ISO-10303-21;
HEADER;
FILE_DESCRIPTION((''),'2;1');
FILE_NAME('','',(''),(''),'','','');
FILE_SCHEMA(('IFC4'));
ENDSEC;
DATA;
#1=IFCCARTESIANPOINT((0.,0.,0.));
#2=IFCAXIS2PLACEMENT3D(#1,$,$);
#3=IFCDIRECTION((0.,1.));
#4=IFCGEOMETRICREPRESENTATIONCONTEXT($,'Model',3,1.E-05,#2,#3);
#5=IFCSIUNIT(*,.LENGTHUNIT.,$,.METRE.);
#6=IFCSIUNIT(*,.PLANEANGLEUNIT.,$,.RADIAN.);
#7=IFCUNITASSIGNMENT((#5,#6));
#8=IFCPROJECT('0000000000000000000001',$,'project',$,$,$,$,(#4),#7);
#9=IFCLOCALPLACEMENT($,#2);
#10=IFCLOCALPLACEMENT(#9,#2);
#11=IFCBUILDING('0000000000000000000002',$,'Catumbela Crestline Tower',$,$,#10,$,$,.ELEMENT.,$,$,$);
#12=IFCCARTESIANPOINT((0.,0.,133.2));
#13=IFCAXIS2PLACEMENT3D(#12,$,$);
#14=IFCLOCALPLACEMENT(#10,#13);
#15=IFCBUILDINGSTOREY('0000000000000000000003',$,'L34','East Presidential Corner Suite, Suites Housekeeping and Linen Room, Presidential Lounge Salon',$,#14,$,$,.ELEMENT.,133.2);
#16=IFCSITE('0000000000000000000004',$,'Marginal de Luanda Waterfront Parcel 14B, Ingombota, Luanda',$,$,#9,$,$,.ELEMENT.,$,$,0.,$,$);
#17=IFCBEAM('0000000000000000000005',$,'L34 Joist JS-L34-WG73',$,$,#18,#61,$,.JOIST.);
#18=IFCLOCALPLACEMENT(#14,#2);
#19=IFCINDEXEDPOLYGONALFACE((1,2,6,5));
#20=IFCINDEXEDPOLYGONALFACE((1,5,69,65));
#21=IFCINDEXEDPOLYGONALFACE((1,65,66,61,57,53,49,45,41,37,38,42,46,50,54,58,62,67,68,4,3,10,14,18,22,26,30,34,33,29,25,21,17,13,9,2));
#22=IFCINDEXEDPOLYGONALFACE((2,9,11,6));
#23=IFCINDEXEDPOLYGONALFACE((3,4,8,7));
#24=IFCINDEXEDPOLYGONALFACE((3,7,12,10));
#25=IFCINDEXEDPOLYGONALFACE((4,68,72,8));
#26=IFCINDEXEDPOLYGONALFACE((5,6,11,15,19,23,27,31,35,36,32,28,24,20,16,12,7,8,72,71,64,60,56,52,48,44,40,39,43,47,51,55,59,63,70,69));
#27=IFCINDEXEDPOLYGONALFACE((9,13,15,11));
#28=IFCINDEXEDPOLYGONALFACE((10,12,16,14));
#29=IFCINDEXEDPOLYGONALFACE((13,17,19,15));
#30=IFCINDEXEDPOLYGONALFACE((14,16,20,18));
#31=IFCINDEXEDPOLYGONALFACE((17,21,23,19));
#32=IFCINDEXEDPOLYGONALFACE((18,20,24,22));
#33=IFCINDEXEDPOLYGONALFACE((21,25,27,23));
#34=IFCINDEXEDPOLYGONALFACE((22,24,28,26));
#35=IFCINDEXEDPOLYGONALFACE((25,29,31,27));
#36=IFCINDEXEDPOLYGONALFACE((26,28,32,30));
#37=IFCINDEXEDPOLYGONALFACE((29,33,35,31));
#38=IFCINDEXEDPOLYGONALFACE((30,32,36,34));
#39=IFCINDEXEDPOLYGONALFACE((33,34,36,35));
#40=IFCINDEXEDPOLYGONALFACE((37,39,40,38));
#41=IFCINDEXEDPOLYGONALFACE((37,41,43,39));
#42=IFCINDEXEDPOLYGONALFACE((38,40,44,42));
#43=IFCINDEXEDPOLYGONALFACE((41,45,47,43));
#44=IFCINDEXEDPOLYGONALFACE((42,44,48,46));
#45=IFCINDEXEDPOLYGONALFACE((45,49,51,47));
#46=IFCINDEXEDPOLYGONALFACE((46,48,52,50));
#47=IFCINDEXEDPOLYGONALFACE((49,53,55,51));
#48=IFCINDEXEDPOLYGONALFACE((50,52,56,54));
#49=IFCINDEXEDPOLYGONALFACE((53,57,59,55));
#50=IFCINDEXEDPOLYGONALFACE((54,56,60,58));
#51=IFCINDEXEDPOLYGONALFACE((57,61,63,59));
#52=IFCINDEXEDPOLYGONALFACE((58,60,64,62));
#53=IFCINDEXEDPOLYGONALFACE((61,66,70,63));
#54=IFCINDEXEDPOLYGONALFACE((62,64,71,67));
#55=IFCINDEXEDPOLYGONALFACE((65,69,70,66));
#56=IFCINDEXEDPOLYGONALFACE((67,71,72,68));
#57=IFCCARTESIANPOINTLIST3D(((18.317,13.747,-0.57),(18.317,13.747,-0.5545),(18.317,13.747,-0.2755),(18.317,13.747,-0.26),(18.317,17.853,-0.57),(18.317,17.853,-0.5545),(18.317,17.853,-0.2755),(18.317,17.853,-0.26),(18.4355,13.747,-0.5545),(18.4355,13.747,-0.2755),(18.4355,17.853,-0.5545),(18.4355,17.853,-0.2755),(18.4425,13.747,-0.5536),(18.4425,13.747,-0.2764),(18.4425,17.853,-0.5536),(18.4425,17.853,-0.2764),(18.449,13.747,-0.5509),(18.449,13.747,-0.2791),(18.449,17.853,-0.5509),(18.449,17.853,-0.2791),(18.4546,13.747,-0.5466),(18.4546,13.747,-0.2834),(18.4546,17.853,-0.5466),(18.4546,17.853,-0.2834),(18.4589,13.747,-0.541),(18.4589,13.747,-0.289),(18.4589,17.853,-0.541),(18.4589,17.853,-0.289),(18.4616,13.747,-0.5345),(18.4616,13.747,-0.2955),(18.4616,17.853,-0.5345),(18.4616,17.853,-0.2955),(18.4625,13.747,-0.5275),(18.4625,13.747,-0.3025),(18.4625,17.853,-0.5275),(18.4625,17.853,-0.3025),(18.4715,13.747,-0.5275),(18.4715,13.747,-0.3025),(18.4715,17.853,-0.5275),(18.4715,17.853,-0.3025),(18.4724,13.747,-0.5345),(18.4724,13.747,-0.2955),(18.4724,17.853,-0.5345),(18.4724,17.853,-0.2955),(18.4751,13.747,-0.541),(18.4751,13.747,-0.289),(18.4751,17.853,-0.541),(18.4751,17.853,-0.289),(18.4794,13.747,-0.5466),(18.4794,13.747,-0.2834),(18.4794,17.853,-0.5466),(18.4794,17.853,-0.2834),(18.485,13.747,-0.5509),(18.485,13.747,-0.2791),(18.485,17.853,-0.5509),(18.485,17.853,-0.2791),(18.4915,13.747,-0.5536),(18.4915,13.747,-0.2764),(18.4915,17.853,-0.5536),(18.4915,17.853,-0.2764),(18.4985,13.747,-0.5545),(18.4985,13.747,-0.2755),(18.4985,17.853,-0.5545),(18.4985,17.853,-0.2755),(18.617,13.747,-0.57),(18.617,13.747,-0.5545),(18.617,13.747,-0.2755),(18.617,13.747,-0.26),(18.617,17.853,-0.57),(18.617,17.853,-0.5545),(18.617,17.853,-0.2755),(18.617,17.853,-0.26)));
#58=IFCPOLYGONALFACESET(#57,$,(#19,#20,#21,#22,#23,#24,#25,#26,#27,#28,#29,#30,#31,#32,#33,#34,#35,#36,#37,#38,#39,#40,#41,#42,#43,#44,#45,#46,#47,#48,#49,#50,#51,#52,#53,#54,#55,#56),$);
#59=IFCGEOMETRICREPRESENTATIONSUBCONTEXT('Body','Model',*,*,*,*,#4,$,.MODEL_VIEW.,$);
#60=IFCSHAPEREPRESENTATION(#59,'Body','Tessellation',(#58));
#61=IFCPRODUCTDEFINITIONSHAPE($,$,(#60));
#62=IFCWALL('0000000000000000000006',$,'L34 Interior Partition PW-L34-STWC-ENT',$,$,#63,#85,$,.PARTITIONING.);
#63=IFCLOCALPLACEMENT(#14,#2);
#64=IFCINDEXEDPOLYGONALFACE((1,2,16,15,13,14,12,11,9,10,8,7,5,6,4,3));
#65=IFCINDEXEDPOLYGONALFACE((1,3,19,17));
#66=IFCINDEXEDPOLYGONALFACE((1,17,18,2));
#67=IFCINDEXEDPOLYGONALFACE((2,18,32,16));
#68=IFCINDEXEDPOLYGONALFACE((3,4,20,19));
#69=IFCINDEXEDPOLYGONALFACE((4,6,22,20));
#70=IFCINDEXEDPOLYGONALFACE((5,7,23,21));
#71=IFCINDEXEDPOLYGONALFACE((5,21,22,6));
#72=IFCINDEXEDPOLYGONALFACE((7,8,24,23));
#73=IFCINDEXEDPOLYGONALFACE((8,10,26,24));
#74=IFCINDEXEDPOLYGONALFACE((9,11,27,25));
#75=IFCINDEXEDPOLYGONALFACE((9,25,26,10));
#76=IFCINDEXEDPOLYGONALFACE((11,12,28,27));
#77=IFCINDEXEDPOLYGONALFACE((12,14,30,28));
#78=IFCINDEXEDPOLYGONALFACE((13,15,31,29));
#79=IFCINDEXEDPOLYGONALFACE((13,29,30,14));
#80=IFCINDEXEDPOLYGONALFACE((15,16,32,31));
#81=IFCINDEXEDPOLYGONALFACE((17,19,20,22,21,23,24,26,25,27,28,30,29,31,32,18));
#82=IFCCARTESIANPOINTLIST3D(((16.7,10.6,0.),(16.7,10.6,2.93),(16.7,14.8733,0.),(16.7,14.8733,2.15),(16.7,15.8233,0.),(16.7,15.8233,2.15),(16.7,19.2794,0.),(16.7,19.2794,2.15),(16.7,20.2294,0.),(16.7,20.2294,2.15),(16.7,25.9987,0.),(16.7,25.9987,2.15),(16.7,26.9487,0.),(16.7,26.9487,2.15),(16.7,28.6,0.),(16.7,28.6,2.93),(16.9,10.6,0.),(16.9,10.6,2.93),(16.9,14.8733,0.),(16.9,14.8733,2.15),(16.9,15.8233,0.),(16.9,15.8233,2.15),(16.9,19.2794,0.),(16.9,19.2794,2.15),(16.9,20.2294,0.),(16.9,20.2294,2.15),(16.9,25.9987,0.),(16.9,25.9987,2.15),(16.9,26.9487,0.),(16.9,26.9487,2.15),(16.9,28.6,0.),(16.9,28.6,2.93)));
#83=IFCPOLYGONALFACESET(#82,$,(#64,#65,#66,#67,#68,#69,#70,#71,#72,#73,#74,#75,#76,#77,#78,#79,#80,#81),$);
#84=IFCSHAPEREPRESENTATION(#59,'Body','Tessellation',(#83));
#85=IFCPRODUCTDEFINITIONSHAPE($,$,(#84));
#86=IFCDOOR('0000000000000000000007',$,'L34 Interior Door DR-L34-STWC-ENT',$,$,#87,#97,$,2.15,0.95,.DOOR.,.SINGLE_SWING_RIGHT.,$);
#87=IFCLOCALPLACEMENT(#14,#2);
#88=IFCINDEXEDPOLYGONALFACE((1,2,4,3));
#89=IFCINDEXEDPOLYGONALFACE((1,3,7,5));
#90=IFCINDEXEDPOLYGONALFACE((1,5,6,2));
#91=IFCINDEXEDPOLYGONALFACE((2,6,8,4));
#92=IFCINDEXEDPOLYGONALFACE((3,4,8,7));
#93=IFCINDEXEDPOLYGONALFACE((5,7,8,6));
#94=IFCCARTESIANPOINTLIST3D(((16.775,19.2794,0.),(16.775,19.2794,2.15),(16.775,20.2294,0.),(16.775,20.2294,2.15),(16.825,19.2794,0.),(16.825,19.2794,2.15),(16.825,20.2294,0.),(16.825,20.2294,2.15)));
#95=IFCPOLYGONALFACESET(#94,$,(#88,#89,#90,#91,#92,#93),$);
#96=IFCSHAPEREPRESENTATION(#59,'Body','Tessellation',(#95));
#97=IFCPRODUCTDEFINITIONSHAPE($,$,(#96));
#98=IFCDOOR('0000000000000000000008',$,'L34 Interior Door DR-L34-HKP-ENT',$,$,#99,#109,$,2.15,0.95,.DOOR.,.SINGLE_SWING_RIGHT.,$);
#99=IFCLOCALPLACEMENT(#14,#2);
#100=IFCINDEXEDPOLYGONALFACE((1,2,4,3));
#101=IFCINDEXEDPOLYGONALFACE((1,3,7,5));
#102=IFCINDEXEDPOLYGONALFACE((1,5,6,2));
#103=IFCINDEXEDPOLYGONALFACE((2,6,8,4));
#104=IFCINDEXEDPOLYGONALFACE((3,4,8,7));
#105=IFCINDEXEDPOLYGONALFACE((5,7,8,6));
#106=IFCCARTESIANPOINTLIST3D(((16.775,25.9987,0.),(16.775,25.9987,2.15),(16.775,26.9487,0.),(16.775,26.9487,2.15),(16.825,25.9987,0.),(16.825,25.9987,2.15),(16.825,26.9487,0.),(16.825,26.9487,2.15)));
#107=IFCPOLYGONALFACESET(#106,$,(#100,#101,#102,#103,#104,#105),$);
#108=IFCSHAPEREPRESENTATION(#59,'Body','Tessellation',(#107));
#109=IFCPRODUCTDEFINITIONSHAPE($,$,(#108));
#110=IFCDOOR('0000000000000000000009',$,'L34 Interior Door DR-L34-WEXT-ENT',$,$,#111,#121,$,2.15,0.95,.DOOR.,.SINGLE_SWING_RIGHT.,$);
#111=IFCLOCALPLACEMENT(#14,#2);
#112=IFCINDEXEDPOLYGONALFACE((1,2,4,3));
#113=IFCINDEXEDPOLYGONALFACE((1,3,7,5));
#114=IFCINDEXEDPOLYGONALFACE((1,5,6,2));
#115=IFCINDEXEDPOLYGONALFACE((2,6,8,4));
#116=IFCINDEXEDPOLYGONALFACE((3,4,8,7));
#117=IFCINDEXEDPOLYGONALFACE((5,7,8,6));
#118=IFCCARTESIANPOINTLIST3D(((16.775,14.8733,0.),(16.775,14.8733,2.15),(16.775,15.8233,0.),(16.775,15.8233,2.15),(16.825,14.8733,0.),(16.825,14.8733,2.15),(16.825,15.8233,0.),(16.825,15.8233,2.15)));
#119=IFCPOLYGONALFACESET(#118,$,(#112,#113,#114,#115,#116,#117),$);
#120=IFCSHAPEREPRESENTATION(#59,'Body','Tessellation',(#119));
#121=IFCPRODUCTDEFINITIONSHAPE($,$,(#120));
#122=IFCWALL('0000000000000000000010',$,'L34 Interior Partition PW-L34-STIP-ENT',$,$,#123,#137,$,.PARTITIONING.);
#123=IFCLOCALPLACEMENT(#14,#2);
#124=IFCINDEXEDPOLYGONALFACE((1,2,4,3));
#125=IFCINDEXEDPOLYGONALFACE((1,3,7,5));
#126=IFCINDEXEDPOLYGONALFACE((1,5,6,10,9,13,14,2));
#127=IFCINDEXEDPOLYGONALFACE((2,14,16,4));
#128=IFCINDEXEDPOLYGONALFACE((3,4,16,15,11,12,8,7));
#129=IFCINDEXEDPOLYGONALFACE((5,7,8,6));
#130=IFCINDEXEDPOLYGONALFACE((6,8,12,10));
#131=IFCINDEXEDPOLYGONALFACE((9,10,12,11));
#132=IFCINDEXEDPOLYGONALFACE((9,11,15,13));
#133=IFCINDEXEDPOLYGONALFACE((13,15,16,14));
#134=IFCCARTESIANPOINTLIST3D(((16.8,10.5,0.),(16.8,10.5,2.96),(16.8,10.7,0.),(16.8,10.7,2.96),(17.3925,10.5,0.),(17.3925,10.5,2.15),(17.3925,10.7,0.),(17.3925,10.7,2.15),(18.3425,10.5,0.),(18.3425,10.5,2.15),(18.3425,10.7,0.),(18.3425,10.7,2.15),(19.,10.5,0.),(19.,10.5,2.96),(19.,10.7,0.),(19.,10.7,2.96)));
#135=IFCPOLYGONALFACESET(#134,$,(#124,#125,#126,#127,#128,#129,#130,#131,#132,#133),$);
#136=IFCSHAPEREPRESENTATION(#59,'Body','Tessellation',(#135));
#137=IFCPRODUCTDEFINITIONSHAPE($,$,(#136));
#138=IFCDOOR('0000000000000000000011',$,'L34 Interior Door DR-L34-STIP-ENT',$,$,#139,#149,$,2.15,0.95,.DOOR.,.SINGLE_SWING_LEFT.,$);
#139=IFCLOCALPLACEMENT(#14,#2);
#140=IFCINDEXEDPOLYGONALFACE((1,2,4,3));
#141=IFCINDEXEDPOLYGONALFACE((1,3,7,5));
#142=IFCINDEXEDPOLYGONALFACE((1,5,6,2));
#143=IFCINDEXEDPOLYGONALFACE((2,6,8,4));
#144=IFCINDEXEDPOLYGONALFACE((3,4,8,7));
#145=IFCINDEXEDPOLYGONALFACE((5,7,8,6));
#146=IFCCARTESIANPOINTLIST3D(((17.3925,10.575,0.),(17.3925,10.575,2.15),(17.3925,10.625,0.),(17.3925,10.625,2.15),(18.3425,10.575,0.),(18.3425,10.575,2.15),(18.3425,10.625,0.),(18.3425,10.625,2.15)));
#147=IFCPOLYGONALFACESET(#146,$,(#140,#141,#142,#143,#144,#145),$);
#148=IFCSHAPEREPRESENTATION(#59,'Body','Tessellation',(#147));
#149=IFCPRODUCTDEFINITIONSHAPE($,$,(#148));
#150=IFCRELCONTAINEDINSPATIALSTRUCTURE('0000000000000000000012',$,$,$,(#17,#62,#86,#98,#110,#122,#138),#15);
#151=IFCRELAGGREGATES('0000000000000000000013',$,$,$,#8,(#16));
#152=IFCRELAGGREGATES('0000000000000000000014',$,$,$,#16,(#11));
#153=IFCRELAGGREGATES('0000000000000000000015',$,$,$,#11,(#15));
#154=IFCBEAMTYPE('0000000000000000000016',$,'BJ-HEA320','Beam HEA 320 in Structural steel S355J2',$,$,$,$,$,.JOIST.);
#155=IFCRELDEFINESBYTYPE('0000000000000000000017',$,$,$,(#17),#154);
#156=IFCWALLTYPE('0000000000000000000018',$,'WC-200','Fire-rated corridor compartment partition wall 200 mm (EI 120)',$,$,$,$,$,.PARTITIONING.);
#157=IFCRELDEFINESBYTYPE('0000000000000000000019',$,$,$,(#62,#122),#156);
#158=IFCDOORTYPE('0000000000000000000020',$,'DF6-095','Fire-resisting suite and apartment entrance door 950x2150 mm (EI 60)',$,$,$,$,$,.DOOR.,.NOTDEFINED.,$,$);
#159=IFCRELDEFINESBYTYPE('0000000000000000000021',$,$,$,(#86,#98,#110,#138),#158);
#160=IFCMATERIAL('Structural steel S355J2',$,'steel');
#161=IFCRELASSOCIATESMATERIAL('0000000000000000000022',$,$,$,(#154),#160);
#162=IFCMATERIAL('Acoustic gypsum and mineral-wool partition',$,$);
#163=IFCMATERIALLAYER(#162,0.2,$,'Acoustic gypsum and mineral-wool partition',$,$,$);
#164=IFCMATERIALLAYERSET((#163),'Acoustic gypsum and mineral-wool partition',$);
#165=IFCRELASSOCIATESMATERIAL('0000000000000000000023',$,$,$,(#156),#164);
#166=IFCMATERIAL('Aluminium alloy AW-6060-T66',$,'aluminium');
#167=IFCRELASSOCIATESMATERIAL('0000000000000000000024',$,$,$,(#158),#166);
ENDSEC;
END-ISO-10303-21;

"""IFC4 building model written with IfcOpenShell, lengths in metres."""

from ifc_helpers import new_model, si_unit, direction, frame, frame_2d, origin, origin_2d, place, context, subcontext, project, spatial, rectangle, i_section, extrude, material, layer, layer_set, material_profile, profile_set, type_object, element, fill, save


model = new_model("IFC4")

# Units and contexts
model_context = context("Model", 3, precision=1e-05, world=origin(), true_north=direction((0.0, 1.0)))
body_context = subcontext(model_context, "Body", "Model", "MODEL_VIEW")
ifc_project = project(units=[si_unit("LENGTHUNIT", "METRE"), si_unit("PLANEANGLEUNIT", "RADIAN")], contexts=[model_context])

# Site, building, storey
site_placement = place(None, origin())
site = spatial("IfcSite", under=ifc_project, at=site_placement, Name="Marginal de Luanda Waterfront Parcel 14B, Ingombota, Luanda", CompositionType="ELEMENT", RefElevation=0.0)
building_placement = place(site_placement, origin())
building = spatial("IfcBuilding", under=site, at=building_placement, Name="Catumbela Crestline Tower", CompositionType="ELEMENT")
storey_placement = place(building_placement, frame((0.0, 0.0, 133.2)))
storey = spatial("IfcBuildingStorey", under=building, at=storey_placement, Name="L34", Description="East Presidential Corner Suite, Suites Housekeeping and Linen Room, Presidential Lounge Salon", CompositionType="ELEMENT", Elevation=133.2)

# Beam
ifc_material_1 = material(Name="Structural steel S355J2", Category="steel")
ifc_material_profile_1 = material_profile(ifc_material_1, i_section(OverallWidth=0.3, OverallDepth=0.31, WebThickness=0.009, FlangeThickness=0.0155, FilletRadius=0.027, at=origin_2d()), Name="HEA 320")
ifc_profile_set_1 = profile_set([ifc_material_profile_1], Name="Structural steel S355J2")
beam_type_1 = type_object("IfcBeamType", Name="BJ-HEA320", Description="Beam HEA 320 in Structural steel S355J2", PredefinedType="JOIST", material=ifc_profile_set_1)
beam_1_placement = place(storey_placement, frame((18.467, 13.747, -0.415), z_axis=(0.0, 1.0, 0.0), x_axis=(-1.0, 0.0, 0.0)))
element("IfcBeam", 1, at=beam_1_placement, inside=storey, type_object=beam_type_1, Name="L34 Joist JS-L34-WG73", PredefinedType="JOIST", context=body_context, shape_type="SweptSolid", body=[
    extrude(i_section(OverallWidth=0.3, OverallDepth=0.31, WebThickness=0.009, FlangeThickness=0.0155, FilletRadius=0.027, at=origin_2d()), origin(), (0.0, 0.0, 1.0), 4.106),
])

# Wall, openings, doors
ifc_material_2 = material(Name="Acoustic gypsum and mineral-wool partition")
ifc_layer_1 = layer(ifc_material_2, 0.2, Name="Acoustic gypsum and mineral-wool partition")
ifc_layer_set_1 = layer_set([ifc_layer_1], Name="Acoustic gypsum and mineral-wool partition")
wall_type_1 = type_object("IfcWallType", Name="WC-200", Description="Fire-rated corridor compartment partition wall 200 mm (EI 120)", PredefinedType="PARTITIONING", material=ifc_layer_set_1)
wall_1_placement = place(storey_placement, frame((16.8, 10.6, 0.0), z_axis=(0.0, 0.0, 1.0), x_axis=(0.0, 1.0, 0.0)))
wall_1 = element("IfcWall", 2, at=wall_1_placement, inside=storey, type_object=wall_type_1, Name="L34 Interior Partition PW-L34-STWC-ENT", PredefinedType="PARTITIONING", context=body_context, shape_type="SweptSolid", body=[
    extrude(rectangle(XDim=18.0, YDim=0.2, at=frame_2d((9.0, 0.0))), origin(), (0.0, 0.0, 1.0), 2.93),
])
opening_1_placement = place(wall_1_placement, frame((8.6794, 0.0, 0.0)))
opening_1 = element("IfcOpeningElement", 3, at=opening_1_placement, cuts=wall_1, PredefinedType="OPENING", context=body_context, shape_type="SweptSolid", body=[
    extrude(rectangle(XDim=0.95, YDim=2.15, at=frame_2d((0.475, 1.075))), frame((0.0, 0.11, 0.0), z_axis=(0.0, -1.0, 0.0), x_axis=(1.0, 0.0, 0.0)), (0.0, 0.0, 1.0), 0.22),
])
opening_2_placement = place(wall_1_placement, frame((15.3987, 0.0, 0.0)))
opening_2 = element("IfcOpeningElement", 4, at=opening_2_placement, cuts=wall_1, PredefinedType="OPENING", context=body_context, shape_type="SweptSolid", body=[
    extrude(rectangle(XDim=0.95, YDim=2.15, at=frame_2d((0.475, 1.075))), frame((0.0, 0.11, 0.0), z_axis=(0.0, -1.0, 0.0), x_axis=(1.0, 0.0, 0.0)), (0.0, 0.0, 1.0), 0.22),
])
opening_3_placement = place(wall_1_placement, frame((4.2733, 0.0, 0.0)))
opening_3 = element("IfcOpeningElement", 5, at=opening_3_placement, cuts=wall_1, PredefinedType="OPENING", context=body_context, shape_type="SweptSolid", body=[
    extrude(rectangle(XDim=0.95, YDim=2.15, at=frame_2d((0.475, 1.075))), frame((0.0, 0.11, 0.0), z_axis=(0.0, -1.0, 0.0), x_axis=(1.0, 0.0, 0.0)), (0.0, 0.0, 1.0), 0.22),
])
ifc_material_3 = material(Name="Aluminium alloy AW-6060-T66", Category="aluminium")
door_type = type_object("IfcDoorType", Name="DF6-095", Description="Fire-resisting suite and apartment entrance door 950x2150 mm (EI 60)", OperationType="NOTDEFINED", PredefinedType="DOOR", material=ifc_material_3)
door_1_placement = place(opening_1_placement, origin())
door_1 = element("IfcDoor", 6, at=door_1_placement, inside=storey, type_object=door_type, Name="L34 Interior Door DR-L34-STWC-ENT", OperationType="SINGLE_SWING_RIGHT", OverallHeight=2.15, OverallWidth=0.95, PredefinedType="DOOR", context=body_context, shape_type="SweptSolid", body=[
    extrude(rectangle(XDim=0.95, YDim=2.15, at=frame_2d((0.475, 1.075))), frame((0.0, 0.025, 0.0), z_axis=(0.0, -1.0, 0.0), x_axis=(1.0, 0.0, 0.0)), (0.0, 0.0, 1.0), 0.05),
])
fill(opening_1, door_1)
door_2_placement = place(opening_2_placement, origin())
door_2 = element("IfcDoor", 7, at=door_2_placement, inside=storey, type_object=door_type, Name="L34 Interior Door DR-L34-HKP-ENT", OperationType="SINGLE_SWING_RIGHT", OverallHeight=2.15, OverallWidth=0.95, PredefinedType="DOOR", context=body_context, shape_type="SweptSolid", body=[
    extrude(rectangle(XDim=0.95, YDim=2.15, at=frame_2d((0.475, 1.075))), frame((0.0, 0.025, 0.0), z_axis=(0.0, -1.0, 0.0), x_axis=(1.0, 0.0, 0.0)), (0.0, 0.0, 1.0), 0.05),
])
fill(opening_2, door_2)
door_3_placement = place(opening_3_placement, origin())
door_3 = element("IfcDoor", 8, at=door_3_placement, inside=storey, type_object=door_type, Name="L34 Interior Door DR-L34-WEXT-ENT", OperationType="SINGLE_SWING_RIGHT", OverallHeight=2.15, OverallWidth=0.95, PredefinedType="DOOR", context=body_context, shape_type="SweptSolid", body=[
    extrude(rectangle(XDim=0.95, YDim=2.15, at=frame_2d((0.475, 1.075))), frame((0.0, 0.025, 0.0), z_axis=(0.0, -1.0, 0.0), x_axis=(1.0, 0.0, 0.0)), (0.0, 0.0, 1.0), 0.05),
])
fill(opening_3, door_3)

# Wall, opening, door
wall_2_placement = place(storey_placement, frame((16.8, 10.6, 0.0), z_axis=(0.0, 0.0, 1.0), x_axis=(1.0, 0.0, 0.0)))
wall_2 = element("IfcWall", 9, at=wall_2_placement, inside=storey, type_object=wall_type_1, Name="L34 Interior Partition PW-L34-STIP-ENT", PredefinedType="PARTITIONING", context=body_context, shape_type="SweptSolid", body=[
    extrude(rectangle(XDim=2.2, YDim=0.2, at=frame_2d((1.1, 0.0))), origin(), (0.0, 0.0, 1.0), 2.96),
])
opening_4_placement = place(wall_2_placement, frame((0.5925, 0.0, 0.0)))
opening_4 = element("IfcOpeningElement", 10, at=opening_4_placement, cuts=wall_2, PredefinedType="OPENING", context=body_context, shape_type="SweptSolid", body=[
    extrude(rectangle(XDim=0.95, YDim=2.15, at=frame_2d((0.475, 1.075))), frame((0.0, 0.11, 0.0), z_axis=(0.0, -1.0, 0.0), x_axis=(1.0, 0.0, 0.0)), (0.0, 0.0, 1.0), 0.22),
])
door_4_placement = place(opening_4_placement, origin())
door_4 = element("IfcDoor", 11, at=door_4_placement, inside=storey, type_object=door_type, Name="L34 Interior Door DR-L34-STIP-ENT", OperationType="SINGLE_SWING_LEFT", OverallHeight=2.15, OverallWidth=0.95, PredefinedType="DOOR", context=body_context, shape_type="SweptSolid", body=[
    extrude(rectangle(XDim=0.95, YDim=2.15, at=frame_2d((0.475, 1.075))), frame((0.0, 0.025, 0.0), z_axis=(0.0, -1.0, 0.0), x_axis=(1.0, 0.0, 0.0)), (0.0, 0.0, 1.0), 0.05),
])
fill(opening_4, door_4)

save(model, "model.ifc")
